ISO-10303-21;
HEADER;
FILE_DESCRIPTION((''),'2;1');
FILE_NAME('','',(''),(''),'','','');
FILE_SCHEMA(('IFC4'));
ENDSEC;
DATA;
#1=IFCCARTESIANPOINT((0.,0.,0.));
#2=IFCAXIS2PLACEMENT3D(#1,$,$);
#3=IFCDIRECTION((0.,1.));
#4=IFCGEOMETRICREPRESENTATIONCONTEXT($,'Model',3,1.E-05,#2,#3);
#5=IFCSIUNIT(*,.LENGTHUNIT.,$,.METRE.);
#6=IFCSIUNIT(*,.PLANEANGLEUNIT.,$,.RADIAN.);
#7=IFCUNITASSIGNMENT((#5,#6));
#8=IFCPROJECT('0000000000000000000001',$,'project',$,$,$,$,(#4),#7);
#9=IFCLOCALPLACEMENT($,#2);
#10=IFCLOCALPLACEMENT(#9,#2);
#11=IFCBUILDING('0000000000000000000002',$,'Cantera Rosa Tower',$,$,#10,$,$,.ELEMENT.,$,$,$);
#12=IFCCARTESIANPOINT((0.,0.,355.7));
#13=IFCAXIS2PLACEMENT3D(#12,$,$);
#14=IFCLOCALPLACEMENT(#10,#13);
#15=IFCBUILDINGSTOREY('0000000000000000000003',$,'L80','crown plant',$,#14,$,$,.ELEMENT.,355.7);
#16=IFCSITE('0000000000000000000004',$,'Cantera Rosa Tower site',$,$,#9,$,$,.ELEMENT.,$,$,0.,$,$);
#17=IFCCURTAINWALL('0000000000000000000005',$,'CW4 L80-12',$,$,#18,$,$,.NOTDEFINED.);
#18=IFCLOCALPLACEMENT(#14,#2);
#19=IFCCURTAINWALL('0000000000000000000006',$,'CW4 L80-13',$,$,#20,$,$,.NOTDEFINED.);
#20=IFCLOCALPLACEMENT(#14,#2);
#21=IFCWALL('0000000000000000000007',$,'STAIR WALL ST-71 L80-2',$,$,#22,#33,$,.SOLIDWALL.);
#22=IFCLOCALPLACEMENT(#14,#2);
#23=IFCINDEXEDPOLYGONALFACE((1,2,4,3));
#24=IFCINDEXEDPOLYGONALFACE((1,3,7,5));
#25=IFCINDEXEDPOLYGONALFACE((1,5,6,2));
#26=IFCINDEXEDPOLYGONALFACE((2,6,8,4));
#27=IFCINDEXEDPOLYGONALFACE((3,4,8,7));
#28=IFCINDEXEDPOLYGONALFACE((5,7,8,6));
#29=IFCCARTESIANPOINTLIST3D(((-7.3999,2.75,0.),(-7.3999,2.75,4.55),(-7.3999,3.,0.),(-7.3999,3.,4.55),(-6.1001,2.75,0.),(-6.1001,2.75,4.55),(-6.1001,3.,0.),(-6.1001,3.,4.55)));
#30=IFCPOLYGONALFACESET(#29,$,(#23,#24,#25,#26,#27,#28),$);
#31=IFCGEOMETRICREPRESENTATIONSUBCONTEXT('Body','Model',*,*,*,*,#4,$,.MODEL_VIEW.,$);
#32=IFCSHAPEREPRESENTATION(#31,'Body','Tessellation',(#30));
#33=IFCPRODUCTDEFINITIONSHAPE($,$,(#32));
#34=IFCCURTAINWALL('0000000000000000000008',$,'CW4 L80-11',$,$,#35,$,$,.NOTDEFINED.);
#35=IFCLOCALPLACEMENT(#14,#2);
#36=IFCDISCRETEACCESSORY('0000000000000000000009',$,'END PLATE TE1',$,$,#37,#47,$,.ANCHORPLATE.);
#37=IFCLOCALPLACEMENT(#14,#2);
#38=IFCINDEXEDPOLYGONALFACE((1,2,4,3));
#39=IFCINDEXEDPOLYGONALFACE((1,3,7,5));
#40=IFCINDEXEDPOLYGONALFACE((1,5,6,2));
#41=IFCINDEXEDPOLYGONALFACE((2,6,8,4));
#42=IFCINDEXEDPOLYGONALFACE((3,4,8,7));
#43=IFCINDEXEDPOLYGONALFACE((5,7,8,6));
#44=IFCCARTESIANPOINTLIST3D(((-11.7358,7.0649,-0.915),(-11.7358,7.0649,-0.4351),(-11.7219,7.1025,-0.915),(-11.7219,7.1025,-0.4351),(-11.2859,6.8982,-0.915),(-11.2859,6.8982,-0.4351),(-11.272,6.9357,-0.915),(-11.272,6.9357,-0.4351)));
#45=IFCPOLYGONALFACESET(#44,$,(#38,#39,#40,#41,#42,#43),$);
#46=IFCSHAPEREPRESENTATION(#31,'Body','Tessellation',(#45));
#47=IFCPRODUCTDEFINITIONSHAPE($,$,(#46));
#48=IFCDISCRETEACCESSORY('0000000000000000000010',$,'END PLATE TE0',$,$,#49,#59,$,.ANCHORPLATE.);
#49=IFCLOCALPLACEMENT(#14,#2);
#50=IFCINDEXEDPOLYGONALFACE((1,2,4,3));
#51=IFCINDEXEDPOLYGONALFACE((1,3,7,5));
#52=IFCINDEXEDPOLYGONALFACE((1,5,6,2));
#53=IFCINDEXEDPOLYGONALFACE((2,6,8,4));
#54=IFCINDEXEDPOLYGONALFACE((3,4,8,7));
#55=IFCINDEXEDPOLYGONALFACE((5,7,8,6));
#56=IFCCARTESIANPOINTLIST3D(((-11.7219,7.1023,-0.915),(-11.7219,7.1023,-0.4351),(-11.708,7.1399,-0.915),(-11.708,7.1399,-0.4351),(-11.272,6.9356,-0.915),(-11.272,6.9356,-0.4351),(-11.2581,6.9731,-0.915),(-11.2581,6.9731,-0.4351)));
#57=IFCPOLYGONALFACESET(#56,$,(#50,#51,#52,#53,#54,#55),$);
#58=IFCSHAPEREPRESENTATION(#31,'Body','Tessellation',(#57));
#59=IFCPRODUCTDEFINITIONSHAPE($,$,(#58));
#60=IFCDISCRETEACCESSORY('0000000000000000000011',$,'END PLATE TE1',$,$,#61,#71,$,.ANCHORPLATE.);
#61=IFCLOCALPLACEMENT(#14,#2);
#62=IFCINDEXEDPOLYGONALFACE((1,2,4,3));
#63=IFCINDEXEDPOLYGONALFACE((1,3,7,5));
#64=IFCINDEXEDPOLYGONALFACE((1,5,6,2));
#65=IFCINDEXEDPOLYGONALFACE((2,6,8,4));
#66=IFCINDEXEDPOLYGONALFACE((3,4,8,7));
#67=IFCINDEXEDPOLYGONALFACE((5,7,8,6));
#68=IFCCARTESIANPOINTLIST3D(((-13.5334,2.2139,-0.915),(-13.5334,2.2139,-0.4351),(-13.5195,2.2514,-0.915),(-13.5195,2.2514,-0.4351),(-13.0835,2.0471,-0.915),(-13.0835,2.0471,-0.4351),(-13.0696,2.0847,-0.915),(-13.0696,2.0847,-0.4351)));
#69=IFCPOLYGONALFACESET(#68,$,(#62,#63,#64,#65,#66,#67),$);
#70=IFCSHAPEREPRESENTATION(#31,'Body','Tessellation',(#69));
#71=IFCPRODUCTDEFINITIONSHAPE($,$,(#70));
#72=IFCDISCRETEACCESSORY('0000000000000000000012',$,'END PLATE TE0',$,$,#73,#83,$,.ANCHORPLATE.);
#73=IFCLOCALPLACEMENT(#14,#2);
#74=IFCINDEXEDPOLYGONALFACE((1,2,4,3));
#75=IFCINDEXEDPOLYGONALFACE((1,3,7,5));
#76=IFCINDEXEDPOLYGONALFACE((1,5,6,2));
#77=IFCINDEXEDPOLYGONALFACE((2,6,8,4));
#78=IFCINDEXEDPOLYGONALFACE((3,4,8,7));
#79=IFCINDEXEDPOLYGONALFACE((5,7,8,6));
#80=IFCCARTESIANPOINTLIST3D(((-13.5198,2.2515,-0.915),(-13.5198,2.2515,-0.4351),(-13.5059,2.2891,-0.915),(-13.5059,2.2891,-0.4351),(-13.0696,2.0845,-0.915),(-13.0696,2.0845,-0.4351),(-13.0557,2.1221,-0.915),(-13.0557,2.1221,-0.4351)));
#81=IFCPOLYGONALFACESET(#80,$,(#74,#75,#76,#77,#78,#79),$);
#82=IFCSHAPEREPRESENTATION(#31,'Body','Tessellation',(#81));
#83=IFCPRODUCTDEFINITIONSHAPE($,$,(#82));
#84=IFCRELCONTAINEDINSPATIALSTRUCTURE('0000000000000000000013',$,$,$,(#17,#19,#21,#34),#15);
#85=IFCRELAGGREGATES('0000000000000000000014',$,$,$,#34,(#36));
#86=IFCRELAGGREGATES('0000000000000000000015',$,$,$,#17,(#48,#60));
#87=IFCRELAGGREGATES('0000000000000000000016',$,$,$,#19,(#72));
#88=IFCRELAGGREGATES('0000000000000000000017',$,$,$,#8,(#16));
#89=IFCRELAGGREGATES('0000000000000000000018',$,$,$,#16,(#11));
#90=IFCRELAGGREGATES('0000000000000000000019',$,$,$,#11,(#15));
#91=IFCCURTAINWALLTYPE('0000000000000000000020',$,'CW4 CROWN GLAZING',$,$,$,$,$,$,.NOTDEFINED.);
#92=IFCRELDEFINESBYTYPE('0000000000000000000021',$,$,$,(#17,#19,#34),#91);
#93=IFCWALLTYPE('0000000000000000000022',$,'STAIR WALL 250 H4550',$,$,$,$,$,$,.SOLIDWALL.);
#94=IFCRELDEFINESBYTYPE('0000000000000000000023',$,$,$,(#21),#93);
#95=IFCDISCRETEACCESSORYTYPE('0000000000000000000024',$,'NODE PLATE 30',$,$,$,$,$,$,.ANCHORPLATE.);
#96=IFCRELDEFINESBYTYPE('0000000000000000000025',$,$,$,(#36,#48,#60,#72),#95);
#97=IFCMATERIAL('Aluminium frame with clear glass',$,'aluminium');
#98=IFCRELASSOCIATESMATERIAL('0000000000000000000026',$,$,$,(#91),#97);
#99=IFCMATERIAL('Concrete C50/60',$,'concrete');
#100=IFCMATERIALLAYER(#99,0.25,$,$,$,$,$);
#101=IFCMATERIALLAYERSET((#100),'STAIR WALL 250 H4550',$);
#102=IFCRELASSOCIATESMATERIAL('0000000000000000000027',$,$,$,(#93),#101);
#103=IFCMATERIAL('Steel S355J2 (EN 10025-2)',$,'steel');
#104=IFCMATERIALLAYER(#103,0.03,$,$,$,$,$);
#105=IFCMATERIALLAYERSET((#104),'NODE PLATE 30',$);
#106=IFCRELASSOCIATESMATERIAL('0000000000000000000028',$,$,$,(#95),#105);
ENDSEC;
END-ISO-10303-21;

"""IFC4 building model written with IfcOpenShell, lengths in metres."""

from ifc_helpers import new_model, si_unit, direction, frame, frame_2d, origin, place, context, subcontext, project, spatial, polyline, rectangle, outline, extrude, material, layer, layer_set, type_object, element, aggregate, save


model = new_model("IFC4")

# Units and contexts
model_context = context("Model", 3, precision=1e-05, world=origin(), true_north=direction((0.0, 1.0)))
body_context = subcontext(model_context, "Body", "Model", "MODEL_VIEW")
ifc_project = project(units=[si_unit("LENGTHUNIT", "METRE"), si_unit("PLANEANGLEUNIT", "RADIAN")], contexts=[model_context])

# Site, building, storey
site_placement = place(None, origin())
site = spatial("IfcSite", under=ifc_project, at=site_placement, Name="Cantera Rosa Tower site", CompositionType="ELEMENT", RefElevation=0.0)
building_placement = place(site_placement, origin())
building = spatial("IfcBuilding", under=site, at=building_placement, Name="Cantera Rosa Tower", CompositionType="ELEMENT")
storey_placement = place(building_placement, frame((0.0, 0.0, 355.7)))
storey = spatial("IfcBuildingStorey", under=building, at=storey_placement, Name="L80", Description="crown plant", CompositionType="ELEMENT", Elevation=355.7)

# Curtain walls
ifc_material_1 = material(Name="Aluminium frame with clear glass", Category="aluminium")
curtain_wall_type = type_object("IfcCurtainWallType", Name="CW4 CROWN GLAZING", PredefinedType="NOTDEFINED", material=ifc_material_1)
curtain_wall_1_placement = place(storey_placement, origin())
curtain_wall_1 = element("IfcCurtainWall", 1, at=curtain_wall_1_placement, inside=storey, type_object=curtain_wall_type, Name="CW4 L80-12", PredefinedType="NOTDEFINED")
curtain_wall_2_placement = place(storey_placement, origin())
curtain_wall_2 = element("IfcCurtainWall", 2, at=curtain_wall_2_placement, inside=storey, type_object=curtain_wall_type, Name="CW4 L80-13", PredefinedType="NOTDEFINED")

# Wall
ifc_material_2 = material(Name="Concrete C50/60", Category="concrete")
ifc_layer_1 = layer(ifc_material_2, 0.25)
ifc_layer_set_1 = layer_set([ifc_layer_1], Name="STAIR WALL 250 H4550")
wall_type_1 = type_object("IfcWallType", Name="STAIR WALL 250 H4550", PredefinedType="SOLIDWALL", material=ifc_layer_set_1)
wall_1_placement = place(storey_placement, frame((-7.3999, 2.875, 0.0), z_axis=(0.0, 0.0, 1.0), x_axis=(1.0, 0.0, 0.0)))
element("IfcWall", 3, at=wall_1_placement, inside=storey, type_object=wall_type_1, Name="STAIR WALL ST-71 L80-2", PredefinedType="SOLIDWALL", context=body_context, shape_type="SweptSolid", body=[
    extrude(rectangle(XDim=1.2998, YDim=0.25, at=frame_2d((0.6499, 0.0))), origin(), (0.0, 0.0, 1.0), 4.55),
])

# Curtain wall, discrete accessory
curtain_wall_3_placement = place(storey_placement, origin())
curtain_wall_3 = element("IfcCurtainWall", 4, at=curtain_wall_3_placement, inside=storey, type_object=curtain_wall_type, Name="CW4 L80-11", PredefinedType="NOTDEFINED")
ifc_material_3 = material(Name="Steel S355J2 (EN 10025-2)", Category="steel")
ifc_layer_2 = layer(ifc_material_3, 0.03)
ifc_layer_set_2 = layer_set([ifc_layer_2], Name="NODE PLATE 30")
discrete_accessory_type = type_object("IfcDiscreteAccessoryType", Name="NODE PLATE 30", PredefinedType="ANCHORPLATE", material=ifc_layer_set_2)
discrete_accessory_1_placement = place(storey_placement, frame((-11.2859, 6.8982, -0.4351), z_axis=(-0.347497, -0.937681, 0.0), x_axis=(-0.937681, 0.347497, 0.0)))
discrete_accessory_1 = element("IfcDiscreteAccessory", 5, at=discrete_accessory_1_placement, type_object=discrete_accessory_type, Name="END PLATE TE1", PredefinedType="ANCHORPLATE", context=body_context, shape_type="SweptSolid", body=[
    extrude(outline(polyline([(0.0, 0.0), (0.4799, 0.0), (0.4799, 0.48), (0.0, 0.48), (0.0, 0.0)])), origin(), (0.0, 0.0, -1.0), 0.04),
])
aggregate(curtain_wall_3, [discrete_accessory_1])

# Discrete accessories
discrete_accessory_2_placement = place(storey_placement, frame((-11.708, 7.1399, -0.4351), z_axis=(0.347497, 0.937681, 0.0), x_axis=(0.937681, -0.347497, 0.0)))
discrete_accessory_2 = element("IfcDiscreteAccessory", 6, at=discrete_accessory_2_placement, type_object=discrete_accessory_type, Name="END PLATE TE0", PredefinedType="ANCHORPLATE", context=body_context, shape_type="SweptSolid", body=[
    extrude(outline(polyline([(0.0, 0.0), (0.4799, 0.0), (0.4799, 0.48), (0.0, 0.48), (0.0, 0.0)])), origin(), (0.0, 0.0, -1.0), 0.04),
])
discrete_accessory_3_placement = place(storey_placement, frame((-13.0835, 2.0471, -0.4351), z_axis=(-0.347497, -0.937681, 0.0), x_axis=(-0.937681, 0.347497, 0.0)))
discrete_accessory_3 = element("IfcDiscreteAccessory", 7, at=discrete_accessory_3_placement, type_object=discrete_accessory_type, Name="END PLATE TE1", PredefinedType="ANCHORPLATE", context=body_context, shape_type="SweptSolid", body=[
    extrude(outline(polyline([(0.0, 0.0), (0.4799, 0.0), (0.4799, 0.48), (0.0, 0.48), (0.0, 0.0)])), origin(), (0.0, 0.0, -1.0), 0.04),
])
aggregate(curtain_wall_1, [discrete_accessory_2, discrete_accessory_3])
discrete_accessory_4_placement = place(storey_placement, frame((-13.5059, 2.2891, -0.4351), z_axis=(0.347778, 0.937577, 0.0), x_axis=(0.937577, -0.347778, 0.0)))
discrete_accessory_4 = element("IfcDiscreteAccessory", 8, at=discrete_accessory_4_placement, type_object=discrete_accessory_type, Name="END PLATE TE0", PredefinedType="ANCHORPLATE", context=body_context, shape_type="SweptSolid", body=[
    extrude(outline(polyline([(0.0, 0.0), (0.4802, 0.0), (0.4802, 0.48), (0.0, 0.48), (0.0, 0.0)])), origin(), (0.0, 0.0, -1.0), 0.04),
])
aggregate(curtain_wall_2, [discrete_accessory_4])

save(model, "model.ifc")
